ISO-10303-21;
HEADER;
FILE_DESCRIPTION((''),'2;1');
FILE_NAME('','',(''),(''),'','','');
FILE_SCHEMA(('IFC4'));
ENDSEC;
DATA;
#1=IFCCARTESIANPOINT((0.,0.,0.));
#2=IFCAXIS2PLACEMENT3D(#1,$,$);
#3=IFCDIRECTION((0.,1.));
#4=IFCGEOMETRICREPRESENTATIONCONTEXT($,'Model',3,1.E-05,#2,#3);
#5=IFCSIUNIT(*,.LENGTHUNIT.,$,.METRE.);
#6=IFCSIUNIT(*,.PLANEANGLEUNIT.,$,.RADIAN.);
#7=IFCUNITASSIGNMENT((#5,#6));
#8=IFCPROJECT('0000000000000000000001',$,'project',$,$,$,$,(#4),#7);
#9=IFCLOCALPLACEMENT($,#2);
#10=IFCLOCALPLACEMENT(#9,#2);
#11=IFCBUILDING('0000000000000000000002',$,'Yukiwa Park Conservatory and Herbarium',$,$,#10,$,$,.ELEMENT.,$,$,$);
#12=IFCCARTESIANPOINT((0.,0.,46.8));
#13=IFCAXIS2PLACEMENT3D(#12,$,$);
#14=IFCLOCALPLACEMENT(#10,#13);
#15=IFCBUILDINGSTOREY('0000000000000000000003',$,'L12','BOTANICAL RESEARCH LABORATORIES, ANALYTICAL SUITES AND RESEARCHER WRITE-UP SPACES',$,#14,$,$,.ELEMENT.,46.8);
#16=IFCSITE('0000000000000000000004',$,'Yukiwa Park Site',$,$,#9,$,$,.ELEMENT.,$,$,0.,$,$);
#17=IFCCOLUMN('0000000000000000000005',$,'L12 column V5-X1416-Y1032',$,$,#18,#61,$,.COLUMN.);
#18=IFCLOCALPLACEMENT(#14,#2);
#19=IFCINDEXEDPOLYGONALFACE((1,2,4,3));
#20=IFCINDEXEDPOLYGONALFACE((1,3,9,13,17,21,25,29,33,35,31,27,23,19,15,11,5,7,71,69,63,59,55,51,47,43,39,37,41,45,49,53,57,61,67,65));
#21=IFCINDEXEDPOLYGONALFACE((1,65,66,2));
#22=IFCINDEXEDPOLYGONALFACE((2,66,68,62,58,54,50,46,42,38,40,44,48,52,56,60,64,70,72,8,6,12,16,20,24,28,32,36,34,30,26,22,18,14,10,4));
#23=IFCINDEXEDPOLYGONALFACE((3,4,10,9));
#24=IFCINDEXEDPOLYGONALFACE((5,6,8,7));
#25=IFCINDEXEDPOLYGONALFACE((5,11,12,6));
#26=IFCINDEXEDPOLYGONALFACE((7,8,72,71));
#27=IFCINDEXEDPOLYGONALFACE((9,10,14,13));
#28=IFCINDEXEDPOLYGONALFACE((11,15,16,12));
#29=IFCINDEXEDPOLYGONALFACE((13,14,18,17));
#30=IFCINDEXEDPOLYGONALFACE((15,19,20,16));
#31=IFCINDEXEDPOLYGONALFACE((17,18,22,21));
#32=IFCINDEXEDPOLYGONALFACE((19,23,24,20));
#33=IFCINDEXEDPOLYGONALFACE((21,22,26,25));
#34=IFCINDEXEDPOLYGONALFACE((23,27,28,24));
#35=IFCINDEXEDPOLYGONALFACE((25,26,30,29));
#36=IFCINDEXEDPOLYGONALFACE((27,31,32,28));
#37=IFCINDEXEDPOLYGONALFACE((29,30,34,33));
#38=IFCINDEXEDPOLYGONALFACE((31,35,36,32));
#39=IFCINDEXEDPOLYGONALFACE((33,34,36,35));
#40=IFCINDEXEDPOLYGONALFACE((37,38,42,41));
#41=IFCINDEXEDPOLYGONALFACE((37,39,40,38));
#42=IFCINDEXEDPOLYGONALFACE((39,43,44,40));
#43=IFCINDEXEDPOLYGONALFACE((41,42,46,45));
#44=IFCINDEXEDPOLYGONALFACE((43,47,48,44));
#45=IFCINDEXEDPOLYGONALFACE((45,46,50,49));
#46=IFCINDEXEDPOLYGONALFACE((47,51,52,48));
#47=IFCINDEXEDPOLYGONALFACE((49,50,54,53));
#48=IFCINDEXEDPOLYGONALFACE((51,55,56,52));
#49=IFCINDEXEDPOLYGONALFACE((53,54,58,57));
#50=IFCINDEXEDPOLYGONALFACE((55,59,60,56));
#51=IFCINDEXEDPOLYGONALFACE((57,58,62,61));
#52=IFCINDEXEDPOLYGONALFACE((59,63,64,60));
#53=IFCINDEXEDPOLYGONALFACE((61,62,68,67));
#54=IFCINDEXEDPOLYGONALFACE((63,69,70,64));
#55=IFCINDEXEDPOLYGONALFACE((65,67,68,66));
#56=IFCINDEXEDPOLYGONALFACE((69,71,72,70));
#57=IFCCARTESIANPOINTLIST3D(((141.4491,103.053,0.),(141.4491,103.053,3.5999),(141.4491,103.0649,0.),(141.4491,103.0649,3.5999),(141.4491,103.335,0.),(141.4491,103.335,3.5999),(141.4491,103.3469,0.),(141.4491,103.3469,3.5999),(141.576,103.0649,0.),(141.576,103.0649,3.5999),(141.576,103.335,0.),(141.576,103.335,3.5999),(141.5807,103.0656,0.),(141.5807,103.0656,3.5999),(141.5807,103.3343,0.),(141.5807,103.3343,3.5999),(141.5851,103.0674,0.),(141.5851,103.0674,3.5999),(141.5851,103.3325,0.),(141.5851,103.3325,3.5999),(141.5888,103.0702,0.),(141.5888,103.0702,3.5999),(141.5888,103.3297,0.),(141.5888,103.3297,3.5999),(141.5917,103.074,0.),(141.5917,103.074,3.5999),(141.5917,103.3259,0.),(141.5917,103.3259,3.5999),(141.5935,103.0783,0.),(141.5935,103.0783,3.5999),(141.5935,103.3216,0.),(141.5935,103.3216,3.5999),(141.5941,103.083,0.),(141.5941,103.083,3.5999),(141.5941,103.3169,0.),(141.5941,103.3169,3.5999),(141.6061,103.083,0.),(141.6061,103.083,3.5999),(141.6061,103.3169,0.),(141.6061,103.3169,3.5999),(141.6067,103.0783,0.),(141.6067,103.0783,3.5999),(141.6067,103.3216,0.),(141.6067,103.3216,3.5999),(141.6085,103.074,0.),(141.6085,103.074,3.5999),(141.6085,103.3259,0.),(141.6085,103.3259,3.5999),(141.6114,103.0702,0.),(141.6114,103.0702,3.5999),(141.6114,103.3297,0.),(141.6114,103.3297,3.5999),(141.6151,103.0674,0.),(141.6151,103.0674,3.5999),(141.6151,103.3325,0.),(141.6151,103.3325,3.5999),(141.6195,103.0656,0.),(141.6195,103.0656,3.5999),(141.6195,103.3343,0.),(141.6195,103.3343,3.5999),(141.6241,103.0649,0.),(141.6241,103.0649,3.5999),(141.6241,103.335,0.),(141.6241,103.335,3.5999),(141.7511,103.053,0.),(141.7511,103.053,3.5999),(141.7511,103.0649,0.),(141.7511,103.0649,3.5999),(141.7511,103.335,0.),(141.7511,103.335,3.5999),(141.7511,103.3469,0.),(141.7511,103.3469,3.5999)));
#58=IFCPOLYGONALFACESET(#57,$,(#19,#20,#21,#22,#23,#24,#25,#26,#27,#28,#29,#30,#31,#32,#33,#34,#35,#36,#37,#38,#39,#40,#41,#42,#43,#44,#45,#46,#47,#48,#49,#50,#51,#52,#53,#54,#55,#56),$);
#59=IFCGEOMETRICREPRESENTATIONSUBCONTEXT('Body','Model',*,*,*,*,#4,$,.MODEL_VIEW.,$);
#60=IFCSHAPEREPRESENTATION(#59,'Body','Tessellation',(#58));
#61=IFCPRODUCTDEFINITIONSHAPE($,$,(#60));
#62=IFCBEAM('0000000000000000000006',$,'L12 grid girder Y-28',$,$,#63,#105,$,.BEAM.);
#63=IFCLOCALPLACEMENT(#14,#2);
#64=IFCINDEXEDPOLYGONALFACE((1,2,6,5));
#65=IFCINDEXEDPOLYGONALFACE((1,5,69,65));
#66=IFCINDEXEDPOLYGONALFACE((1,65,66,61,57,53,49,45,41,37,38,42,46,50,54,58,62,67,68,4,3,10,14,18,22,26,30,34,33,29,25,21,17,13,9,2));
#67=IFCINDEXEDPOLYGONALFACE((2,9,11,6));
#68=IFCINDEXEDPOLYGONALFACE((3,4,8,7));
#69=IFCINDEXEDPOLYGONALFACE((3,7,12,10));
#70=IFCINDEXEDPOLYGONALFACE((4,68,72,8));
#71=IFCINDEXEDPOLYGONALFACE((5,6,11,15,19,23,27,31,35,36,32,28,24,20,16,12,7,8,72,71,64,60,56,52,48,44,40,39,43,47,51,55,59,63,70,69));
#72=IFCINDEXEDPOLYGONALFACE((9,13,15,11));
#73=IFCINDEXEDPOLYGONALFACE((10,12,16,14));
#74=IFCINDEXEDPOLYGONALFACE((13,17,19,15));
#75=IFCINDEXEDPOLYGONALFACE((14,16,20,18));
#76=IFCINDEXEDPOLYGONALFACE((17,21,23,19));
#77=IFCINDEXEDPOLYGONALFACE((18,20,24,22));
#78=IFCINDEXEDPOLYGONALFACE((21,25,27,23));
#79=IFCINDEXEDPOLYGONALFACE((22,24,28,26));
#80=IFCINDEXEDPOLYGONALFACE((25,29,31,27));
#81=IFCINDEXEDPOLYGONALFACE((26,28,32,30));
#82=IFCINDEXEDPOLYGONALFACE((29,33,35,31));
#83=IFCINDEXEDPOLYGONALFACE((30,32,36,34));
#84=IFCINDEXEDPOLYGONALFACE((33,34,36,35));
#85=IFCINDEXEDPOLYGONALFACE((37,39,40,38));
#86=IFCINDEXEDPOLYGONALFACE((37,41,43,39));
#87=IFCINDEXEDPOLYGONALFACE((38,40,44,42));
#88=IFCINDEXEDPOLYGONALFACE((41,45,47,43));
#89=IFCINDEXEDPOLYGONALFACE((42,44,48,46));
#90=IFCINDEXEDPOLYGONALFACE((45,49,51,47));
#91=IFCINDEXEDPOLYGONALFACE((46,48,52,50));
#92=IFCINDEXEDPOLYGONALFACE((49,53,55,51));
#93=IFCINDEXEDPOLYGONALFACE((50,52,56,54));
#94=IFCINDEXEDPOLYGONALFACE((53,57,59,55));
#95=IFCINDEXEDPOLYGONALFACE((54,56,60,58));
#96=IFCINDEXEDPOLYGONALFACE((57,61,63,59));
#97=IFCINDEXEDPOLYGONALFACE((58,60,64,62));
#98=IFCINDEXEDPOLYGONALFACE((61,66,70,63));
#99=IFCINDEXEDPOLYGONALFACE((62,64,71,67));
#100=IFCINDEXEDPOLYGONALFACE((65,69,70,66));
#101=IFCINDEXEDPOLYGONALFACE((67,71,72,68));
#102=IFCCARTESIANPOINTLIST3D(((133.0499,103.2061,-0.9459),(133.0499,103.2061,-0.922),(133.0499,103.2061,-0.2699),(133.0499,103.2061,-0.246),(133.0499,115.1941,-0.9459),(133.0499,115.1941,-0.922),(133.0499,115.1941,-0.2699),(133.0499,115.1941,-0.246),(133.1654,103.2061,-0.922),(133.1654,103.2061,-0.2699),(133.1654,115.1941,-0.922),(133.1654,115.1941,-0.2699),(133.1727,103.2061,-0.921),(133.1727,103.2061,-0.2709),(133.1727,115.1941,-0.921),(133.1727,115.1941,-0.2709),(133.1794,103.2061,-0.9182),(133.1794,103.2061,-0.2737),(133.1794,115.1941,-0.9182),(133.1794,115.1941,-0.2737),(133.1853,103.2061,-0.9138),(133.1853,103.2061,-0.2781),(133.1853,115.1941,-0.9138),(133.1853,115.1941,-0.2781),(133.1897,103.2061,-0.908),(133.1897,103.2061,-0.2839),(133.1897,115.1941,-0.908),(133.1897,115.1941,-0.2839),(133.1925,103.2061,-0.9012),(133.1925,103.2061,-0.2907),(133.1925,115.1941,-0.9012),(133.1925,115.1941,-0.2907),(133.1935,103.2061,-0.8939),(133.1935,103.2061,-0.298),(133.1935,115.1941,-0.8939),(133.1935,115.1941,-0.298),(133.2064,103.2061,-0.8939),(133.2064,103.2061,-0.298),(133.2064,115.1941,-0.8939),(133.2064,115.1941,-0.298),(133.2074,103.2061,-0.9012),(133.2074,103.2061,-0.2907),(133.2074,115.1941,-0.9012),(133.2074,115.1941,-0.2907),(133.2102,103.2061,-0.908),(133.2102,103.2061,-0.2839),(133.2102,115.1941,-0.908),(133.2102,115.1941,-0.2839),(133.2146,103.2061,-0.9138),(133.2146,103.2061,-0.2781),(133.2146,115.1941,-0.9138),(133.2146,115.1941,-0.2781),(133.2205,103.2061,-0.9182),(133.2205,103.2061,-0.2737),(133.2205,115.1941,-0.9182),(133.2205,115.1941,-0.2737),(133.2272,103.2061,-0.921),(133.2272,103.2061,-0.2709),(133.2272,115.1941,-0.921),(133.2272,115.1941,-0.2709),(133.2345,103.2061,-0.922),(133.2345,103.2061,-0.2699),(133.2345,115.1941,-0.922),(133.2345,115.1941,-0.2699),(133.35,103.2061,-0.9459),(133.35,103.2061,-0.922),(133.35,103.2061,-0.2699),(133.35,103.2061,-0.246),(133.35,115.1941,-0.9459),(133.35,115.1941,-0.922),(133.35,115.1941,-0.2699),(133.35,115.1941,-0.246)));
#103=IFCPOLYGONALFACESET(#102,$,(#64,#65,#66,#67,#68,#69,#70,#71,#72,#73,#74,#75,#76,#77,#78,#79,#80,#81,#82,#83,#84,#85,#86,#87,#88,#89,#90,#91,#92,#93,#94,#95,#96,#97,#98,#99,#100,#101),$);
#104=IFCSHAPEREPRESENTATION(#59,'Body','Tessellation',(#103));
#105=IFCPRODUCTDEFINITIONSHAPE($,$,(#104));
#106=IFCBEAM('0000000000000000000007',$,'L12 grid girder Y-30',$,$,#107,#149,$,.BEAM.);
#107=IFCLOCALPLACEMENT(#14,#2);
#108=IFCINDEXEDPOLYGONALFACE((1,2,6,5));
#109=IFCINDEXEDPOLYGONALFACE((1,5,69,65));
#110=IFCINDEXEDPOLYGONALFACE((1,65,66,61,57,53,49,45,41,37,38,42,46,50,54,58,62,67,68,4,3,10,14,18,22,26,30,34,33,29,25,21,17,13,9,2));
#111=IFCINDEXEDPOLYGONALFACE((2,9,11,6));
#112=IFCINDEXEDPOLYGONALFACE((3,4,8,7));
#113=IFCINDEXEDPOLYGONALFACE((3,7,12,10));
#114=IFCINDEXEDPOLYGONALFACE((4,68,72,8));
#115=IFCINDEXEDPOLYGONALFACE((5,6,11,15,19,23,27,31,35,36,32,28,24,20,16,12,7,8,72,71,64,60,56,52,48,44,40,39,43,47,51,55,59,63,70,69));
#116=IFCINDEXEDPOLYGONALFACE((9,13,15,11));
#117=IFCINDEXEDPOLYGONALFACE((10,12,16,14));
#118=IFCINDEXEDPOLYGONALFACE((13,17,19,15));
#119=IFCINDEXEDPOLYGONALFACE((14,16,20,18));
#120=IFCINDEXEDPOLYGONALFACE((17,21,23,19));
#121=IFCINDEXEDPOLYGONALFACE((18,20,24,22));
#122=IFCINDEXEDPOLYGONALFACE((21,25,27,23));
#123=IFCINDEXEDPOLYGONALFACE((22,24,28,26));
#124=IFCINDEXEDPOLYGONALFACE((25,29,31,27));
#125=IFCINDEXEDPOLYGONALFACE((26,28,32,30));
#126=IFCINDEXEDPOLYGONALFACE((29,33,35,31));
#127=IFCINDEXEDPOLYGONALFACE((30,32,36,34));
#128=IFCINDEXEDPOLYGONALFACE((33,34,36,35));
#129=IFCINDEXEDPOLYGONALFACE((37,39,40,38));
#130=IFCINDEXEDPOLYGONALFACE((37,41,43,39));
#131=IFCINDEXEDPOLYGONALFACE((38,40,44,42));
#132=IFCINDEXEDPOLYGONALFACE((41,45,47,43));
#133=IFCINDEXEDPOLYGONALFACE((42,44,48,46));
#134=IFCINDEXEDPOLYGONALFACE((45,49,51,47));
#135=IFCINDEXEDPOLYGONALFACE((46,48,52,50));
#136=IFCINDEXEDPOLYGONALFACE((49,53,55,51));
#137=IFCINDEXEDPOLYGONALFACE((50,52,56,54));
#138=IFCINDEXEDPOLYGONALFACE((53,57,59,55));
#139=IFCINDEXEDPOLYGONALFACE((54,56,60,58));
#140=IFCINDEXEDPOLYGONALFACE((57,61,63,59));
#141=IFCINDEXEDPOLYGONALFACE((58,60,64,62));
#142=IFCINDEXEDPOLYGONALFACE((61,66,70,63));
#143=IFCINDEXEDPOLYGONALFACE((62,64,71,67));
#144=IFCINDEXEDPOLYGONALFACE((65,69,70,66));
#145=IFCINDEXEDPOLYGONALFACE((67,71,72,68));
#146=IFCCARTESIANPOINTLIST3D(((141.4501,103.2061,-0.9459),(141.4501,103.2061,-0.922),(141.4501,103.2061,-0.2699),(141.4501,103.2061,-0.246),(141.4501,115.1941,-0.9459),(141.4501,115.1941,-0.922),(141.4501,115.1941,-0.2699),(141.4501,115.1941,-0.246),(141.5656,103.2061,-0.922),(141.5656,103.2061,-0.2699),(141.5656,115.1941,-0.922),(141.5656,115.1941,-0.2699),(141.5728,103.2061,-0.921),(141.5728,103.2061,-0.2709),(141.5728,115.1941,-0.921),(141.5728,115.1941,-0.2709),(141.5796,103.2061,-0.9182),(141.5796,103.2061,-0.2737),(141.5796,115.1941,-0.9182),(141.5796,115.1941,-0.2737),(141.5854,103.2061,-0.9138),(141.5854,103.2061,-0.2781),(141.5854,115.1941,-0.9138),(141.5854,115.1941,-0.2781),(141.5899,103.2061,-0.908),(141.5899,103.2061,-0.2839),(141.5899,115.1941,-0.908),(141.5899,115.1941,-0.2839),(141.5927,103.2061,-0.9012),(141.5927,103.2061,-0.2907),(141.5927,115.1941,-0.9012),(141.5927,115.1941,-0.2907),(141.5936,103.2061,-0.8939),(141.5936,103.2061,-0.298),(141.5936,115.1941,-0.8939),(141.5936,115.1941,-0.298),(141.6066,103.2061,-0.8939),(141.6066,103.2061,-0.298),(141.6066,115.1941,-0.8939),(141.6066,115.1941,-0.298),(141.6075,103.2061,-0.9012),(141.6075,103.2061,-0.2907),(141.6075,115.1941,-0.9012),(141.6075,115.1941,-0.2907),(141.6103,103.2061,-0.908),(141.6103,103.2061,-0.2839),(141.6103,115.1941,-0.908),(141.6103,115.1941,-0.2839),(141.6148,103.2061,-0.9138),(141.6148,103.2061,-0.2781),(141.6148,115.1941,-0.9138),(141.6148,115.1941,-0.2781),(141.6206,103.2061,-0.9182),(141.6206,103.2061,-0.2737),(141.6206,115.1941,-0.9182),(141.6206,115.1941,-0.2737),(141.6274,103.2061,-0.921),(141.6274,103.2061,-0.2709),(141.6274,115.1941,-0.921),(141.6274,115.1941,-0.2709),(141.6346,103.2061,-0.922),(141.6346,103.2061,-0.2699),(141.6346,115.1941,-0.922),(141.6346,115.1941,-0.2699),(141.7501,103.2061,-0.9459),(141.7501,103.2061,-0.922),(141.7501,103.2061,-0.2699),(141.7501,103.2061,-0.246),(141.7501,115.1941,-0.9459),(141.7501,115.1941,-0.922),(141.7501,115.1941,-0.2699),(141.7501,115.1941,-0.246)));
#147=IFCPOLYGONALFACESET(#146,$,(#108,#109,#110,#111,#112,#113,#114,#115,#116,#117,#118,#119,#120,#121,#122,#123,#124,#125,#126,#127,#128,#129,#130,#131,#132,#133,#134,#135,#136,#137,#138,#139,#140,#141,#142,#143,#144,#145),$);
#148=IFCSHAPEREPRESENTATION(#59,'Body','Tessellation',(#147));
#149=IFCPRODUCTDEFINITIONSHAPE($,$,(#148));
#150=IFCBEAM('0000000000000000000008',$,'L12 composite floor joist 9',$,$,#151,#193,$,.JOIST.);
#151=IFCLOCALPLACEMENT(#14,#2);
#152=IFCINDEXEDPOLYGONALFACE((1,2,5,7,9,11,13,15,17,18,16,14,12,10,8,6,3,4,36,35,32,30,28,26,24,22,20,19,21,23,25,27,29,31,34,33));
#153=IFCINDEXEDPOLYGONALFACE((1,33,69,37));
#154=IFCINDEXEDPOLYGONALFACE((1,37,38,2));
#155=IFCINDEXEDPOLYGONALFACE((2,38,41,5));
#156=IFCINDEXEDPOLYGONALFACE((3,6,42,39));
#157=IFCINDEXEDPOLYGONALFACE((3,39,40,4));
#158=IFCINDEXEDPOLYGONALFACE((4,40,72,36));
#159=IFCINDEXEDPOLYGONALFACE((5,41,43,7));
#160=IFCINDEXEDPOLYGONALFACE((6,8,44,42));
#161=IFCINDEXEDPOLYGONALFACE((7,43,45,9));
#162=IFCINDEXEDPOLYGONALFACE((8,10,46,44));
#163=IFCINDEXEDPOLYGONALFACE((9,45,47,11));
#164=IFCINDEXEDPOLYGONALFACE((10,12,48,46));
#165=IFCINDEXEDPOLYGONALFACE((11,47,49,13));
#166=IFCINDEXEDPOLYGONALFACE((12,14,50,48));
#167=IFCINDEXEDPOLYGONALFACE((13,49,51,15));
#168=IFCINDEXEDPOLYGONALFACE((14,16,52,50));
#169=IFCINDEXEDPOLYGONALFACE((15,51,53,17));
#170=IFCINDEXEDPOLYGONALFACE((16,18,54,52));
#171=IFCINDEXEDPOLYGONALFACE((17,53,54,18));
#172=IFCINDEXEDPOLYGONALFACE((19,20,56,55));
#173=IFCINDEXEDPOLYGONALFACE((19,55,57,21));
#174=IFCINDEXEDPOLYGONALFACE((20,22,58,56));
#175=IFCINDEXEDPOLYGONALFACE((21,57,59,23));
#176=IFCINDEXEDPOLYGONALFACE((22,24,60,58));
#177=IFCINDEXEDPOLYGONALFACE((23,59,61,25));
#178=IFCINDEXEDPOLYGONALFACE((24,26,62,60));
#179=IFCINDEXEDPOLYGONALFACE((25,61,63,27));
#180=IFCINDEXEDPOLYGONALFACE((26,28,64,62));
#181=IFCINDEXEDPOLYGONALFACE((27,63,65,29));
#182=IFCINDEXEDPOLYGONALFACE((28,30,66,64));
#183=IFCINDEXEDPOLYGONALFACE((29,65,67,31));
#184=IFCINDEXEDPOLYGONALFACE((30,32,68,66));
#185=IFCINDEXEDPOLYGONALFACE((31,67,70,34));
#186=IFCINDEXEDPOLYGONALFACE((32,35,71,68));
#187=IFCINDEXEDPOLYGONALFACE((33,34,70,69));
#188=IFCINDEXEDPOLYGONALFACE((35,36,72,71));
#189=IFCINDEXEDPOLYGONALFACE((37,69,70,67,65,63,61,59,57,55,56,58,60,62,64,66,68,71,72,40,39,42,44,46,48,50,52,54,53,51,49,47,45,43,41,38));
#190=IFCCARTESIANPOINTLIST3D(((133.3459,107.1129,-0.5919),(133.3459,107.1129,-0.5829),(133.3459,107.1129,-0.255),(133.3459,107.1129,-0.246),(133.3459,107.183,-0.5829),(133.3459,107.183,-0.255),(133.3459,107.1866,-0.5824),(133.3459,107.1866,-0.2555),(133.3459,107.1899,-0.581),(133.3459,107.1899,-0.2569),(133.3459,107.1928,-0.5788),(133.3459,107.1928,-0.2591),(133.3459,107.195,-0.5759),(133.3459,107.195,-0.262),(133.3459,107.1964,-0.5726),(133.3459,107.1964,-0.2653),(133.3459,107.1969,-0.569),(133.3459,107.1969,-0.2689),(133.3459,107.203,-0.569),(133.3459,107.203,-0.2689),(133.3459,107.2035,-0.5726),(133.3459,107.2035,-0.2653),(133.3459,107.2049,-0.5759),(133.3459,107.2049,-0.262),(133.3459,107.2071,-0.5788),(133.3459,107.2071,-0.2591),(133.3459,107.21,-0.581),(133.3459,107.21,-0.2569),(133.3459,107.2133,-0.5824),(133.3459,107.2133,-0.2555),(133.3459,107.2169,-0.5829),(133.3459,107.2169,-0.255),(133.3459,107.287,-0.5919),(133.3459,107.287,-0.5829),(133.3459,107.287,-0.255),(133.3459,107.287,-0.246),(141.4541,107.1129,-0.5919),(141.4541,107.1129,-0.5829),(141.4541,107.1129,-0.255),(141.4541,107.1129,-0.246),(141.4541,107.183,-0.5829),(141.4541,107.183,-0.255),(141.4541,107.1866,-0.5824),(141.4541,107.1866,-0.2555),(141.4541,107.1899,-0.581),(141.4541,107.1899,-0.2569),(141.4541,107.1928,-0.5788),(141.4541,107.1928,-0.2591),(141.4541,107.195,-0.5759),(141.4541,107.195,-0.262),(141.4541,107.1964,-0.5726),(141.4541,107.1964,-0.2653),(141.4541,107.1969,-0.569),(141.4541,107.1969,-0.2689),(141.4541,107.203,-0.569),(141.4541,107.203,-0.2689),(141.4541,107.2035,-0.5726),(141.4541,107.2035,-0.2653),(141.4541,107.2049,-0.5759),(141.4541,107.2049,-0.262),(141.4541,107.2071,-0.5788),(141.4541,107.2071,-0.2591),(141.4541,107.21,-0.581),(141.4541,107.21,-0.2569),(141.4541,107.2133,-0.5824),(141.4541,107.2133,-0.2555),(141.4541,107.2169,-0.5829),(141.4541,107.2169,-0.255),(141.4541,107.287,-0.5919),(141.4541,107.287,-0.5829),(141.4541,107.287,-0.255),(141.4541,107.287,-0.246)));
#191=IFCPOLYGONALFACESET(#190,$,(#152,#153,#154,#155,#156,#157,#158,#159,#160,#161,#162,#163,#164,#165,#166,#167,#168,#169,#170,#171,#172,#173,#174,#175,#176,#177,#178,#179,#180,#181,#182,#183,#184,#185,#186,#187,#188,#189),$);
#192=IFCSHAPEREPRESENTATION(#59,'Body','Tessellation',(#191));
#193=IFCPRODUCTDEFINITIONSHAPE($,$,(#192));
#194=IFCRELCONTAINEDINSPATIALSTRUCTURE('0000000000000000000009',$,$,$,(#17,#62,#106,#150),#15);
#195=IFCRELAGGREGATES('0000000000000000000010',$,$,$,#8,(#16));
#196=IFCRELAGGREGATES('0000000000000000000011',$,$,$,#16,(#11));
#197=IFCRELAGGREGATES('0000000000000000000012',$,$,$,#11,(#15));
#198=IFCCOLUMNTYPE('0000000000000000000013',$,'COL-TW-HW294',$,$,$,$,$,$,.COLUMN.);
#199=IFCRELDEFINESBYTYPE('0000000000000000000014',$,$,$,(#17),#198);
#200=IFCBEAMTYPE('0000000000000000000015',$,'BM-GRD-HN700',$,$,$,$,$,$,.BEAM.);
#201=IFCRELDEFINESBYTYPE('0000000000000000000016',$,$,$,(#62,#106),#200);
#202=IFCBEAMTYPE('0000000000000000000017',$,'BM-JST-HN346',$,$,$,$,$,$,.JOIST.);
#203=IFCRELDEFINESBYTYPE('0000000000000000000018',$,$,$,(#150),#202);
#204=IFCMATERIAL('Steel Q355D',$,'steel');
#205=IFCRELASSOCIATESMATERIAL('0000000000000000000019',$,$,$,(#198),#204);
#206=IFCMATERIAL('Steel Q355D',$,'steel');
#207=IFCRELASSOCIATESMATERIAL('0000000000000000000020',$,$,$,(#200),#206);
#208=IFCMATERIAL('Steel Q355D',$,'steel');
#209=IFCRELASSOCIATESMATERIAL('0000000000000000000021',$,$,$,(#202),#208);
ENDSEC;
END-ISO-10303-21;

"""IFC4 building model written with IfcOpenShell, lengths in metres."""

from ifc_helpers import new_model, si_unit, direction, frame, origin, origin_2d, place, context, subcontext, project, spatial, i_section, extrude, material, material_profile, profile_set, type_object, element, save


model = new_model("IFC4")

# Units and contexts
model_context = context("Model", 3, precision=1e-05, world=origin(), true_north=direction((0.0, 1.0)))
body_context = subcontext(model_context, "Body", "Model", "MODEL_VIEW")
ifc_project = project(units=[si_unit("LENGTHUNIT", "METRE"), si_unit("PLANEANGLEUNIT", "RADIAN")], contexts=[model_context])

# Site, building, storey
site_placement = place(None, origin())
site = spatial("IfcSite", under=ifc_project, at=site_placement, Name="Yukiwa Park Site", CompositionType="ELEMENT", RefElevation=0.0)
building_placement = place(site_placement, origin())
building = spatial("IfcBuilding", under=site, at=building_placement, Name="Yukiwa Park Conservatory and Herbarium", CompositionType="ELEMENT")
storey_placement = place(building_placement, frame((0.0, 0.0, 46.8)))
storey = spatial("IfcBuildingStorey", under=building, at=storey_placement, Name="L12", Description="BOTANICAL RESEARCH LABORATORIES, ANALYTICAL SUITES AND RESEARCHER WRITE-UP SPACES", CompositionType="ELEMENT", Elevation=46.8)

# Column
ifc_material_1 = material(Name="Steel Q355D", Category="steel")
ifc_material_profile_1 = material_profile(ifc_material_1, i_section(OverallWidth=0.302, OverallDepth=0.2939, WebThickness=0.012, FlangeThickness=0.012, FilletRadius=0.0181, at=origin_2d()), Name="HW 294x302x12x12")
ifc_profile_set_1 = profile_set([ifc_material_profile_1], Name="Steel Q355D")
column_type_1 = type_object("IfcColumnType", Name="COL-TW-HW294", PredefinedType="COLUMN", material=ifc_profile_set_1)
for number, where, z_axis, x_axis, name in (
    (1, (141.6001, 103.2, 0.0), (0.0, 0.0, 1.0), (1.0, 0.0, 0.0), "L12 column V5-X1416-Y1032"),
):
    element("IfcColumn", number, at=place(storey_placement, frame(where, z_axis=z_axis, x_axis=x_axis)), inside=storey, type_object=column_type_1, Name=name, PredefinedType="COLUMN", context=body_context, shape_type="SweptSolid", body=[
        extrude(i_section(OverallWidth=0.302, OverallDepth=0.2939, WebThickness=0.012, FlangeThickness=0.012, FilletRadius=0.0181, at=origin_2d()), origin(), (0.0, 0.0, 1.0), 3.5999),
    ])

# Beams
ifc_material_2 = material(Name="Steel Q355D", Category="steel")
ifc_material_profile_2 = material_profile(ifc_material_2, i_section(OverallWidth=0.3, OverallDepth=0.7, WebThickness=0.0129, FlangeThickness=0.0239, FilletRadius=0.0281, at=origin_2d()), Name="HN 700x300x13x24")
ifc_profile_set_2 = profile_set([ifc_material_profile_2], Name="Steel Q355D")
beam_type_1 = type_object("IfcBeamType", Name="BM-GRD-HN700", PredefinedType="BEAM", material=ifc_profile_set_2)
for number, where, z_axis, x_axis, name in (
    (2, (133.2, 103.2061, -0.5959), (0.0, 1.0, 0.0), (-1.0, 0.0, 0.0), "L12 grid girder Y-28"),
    (3, (141.6001, 103.2061, -0.5959), (0.0, 1.0, 0.0), (-1.0, 0.0, 0.0), "L12 grid girder Y-30"),
):
    element("IfcBeam", number, at=place(storey_placement, frame(where, z_axis=z_axis, x_axis=x_axis)), inside=storey, type_object=beam_type_1, Name=name, PredefinedType="BEAM", context=body_context, shape_type="SweptSolid", body=[
        extrude(i_section(OverallWidth=0.3, OverallDepth=0.7, WebThickness=0.0129, FlangeThickness=0.0239, FilletRadius=0.0281, at=origin_2d()), origin(), (0.0, 0.0, 1.0), 11.988),
    ])
ifc_material_3 = material(Name="Steel Q355D", Category="steel")
ifc_material_profile_3 = material_profile(ifc_material_3, i_section(OverallWidth=0.1741, OverallDepth=0.3459, WebThickness=0.0061, FlangeThickness=0.009, FilletRadius=0.0139, at=origin_2d()), Name="HN 346x174x6x9")
ifc_profile_set_3 = profile_set([ifc_material_profile_3], Name="Steel Q355D")
beam_type_2 = type_object("IfcBeamType", Name="BM-JST-HN346", PredefinedType="JOIST", material=ifc_profile_set_3)
for number, where, z_axis, x_axis, name in (
    (4, (133.3459, 107.2, -0.4189), (1.0, 0.0, 0.0), (0.0, 1.0, 0.0), "L12 composite floor joist 9"),
):
    element("IfcBeam", number, at=place(storey_placement, frame(where, z_axis=z_axis, x_axis=x_axis)), inside=storey, type_object=beam_type_2, Name=name, PredefinedType="JOIST", context=body_context, shape_type="SweptSolid", body=[
        extrude(i_section(OverallWidth=0.1741, OverallDepth=0.3459, WebThickness=0.0061, FlangeThickness=0.009, FilletRadius=0.0139, at=origin_2d()), origin(), (0.0, 0.0, 1.0), 8.1082),
    ])

save(model, "model.ifc")
